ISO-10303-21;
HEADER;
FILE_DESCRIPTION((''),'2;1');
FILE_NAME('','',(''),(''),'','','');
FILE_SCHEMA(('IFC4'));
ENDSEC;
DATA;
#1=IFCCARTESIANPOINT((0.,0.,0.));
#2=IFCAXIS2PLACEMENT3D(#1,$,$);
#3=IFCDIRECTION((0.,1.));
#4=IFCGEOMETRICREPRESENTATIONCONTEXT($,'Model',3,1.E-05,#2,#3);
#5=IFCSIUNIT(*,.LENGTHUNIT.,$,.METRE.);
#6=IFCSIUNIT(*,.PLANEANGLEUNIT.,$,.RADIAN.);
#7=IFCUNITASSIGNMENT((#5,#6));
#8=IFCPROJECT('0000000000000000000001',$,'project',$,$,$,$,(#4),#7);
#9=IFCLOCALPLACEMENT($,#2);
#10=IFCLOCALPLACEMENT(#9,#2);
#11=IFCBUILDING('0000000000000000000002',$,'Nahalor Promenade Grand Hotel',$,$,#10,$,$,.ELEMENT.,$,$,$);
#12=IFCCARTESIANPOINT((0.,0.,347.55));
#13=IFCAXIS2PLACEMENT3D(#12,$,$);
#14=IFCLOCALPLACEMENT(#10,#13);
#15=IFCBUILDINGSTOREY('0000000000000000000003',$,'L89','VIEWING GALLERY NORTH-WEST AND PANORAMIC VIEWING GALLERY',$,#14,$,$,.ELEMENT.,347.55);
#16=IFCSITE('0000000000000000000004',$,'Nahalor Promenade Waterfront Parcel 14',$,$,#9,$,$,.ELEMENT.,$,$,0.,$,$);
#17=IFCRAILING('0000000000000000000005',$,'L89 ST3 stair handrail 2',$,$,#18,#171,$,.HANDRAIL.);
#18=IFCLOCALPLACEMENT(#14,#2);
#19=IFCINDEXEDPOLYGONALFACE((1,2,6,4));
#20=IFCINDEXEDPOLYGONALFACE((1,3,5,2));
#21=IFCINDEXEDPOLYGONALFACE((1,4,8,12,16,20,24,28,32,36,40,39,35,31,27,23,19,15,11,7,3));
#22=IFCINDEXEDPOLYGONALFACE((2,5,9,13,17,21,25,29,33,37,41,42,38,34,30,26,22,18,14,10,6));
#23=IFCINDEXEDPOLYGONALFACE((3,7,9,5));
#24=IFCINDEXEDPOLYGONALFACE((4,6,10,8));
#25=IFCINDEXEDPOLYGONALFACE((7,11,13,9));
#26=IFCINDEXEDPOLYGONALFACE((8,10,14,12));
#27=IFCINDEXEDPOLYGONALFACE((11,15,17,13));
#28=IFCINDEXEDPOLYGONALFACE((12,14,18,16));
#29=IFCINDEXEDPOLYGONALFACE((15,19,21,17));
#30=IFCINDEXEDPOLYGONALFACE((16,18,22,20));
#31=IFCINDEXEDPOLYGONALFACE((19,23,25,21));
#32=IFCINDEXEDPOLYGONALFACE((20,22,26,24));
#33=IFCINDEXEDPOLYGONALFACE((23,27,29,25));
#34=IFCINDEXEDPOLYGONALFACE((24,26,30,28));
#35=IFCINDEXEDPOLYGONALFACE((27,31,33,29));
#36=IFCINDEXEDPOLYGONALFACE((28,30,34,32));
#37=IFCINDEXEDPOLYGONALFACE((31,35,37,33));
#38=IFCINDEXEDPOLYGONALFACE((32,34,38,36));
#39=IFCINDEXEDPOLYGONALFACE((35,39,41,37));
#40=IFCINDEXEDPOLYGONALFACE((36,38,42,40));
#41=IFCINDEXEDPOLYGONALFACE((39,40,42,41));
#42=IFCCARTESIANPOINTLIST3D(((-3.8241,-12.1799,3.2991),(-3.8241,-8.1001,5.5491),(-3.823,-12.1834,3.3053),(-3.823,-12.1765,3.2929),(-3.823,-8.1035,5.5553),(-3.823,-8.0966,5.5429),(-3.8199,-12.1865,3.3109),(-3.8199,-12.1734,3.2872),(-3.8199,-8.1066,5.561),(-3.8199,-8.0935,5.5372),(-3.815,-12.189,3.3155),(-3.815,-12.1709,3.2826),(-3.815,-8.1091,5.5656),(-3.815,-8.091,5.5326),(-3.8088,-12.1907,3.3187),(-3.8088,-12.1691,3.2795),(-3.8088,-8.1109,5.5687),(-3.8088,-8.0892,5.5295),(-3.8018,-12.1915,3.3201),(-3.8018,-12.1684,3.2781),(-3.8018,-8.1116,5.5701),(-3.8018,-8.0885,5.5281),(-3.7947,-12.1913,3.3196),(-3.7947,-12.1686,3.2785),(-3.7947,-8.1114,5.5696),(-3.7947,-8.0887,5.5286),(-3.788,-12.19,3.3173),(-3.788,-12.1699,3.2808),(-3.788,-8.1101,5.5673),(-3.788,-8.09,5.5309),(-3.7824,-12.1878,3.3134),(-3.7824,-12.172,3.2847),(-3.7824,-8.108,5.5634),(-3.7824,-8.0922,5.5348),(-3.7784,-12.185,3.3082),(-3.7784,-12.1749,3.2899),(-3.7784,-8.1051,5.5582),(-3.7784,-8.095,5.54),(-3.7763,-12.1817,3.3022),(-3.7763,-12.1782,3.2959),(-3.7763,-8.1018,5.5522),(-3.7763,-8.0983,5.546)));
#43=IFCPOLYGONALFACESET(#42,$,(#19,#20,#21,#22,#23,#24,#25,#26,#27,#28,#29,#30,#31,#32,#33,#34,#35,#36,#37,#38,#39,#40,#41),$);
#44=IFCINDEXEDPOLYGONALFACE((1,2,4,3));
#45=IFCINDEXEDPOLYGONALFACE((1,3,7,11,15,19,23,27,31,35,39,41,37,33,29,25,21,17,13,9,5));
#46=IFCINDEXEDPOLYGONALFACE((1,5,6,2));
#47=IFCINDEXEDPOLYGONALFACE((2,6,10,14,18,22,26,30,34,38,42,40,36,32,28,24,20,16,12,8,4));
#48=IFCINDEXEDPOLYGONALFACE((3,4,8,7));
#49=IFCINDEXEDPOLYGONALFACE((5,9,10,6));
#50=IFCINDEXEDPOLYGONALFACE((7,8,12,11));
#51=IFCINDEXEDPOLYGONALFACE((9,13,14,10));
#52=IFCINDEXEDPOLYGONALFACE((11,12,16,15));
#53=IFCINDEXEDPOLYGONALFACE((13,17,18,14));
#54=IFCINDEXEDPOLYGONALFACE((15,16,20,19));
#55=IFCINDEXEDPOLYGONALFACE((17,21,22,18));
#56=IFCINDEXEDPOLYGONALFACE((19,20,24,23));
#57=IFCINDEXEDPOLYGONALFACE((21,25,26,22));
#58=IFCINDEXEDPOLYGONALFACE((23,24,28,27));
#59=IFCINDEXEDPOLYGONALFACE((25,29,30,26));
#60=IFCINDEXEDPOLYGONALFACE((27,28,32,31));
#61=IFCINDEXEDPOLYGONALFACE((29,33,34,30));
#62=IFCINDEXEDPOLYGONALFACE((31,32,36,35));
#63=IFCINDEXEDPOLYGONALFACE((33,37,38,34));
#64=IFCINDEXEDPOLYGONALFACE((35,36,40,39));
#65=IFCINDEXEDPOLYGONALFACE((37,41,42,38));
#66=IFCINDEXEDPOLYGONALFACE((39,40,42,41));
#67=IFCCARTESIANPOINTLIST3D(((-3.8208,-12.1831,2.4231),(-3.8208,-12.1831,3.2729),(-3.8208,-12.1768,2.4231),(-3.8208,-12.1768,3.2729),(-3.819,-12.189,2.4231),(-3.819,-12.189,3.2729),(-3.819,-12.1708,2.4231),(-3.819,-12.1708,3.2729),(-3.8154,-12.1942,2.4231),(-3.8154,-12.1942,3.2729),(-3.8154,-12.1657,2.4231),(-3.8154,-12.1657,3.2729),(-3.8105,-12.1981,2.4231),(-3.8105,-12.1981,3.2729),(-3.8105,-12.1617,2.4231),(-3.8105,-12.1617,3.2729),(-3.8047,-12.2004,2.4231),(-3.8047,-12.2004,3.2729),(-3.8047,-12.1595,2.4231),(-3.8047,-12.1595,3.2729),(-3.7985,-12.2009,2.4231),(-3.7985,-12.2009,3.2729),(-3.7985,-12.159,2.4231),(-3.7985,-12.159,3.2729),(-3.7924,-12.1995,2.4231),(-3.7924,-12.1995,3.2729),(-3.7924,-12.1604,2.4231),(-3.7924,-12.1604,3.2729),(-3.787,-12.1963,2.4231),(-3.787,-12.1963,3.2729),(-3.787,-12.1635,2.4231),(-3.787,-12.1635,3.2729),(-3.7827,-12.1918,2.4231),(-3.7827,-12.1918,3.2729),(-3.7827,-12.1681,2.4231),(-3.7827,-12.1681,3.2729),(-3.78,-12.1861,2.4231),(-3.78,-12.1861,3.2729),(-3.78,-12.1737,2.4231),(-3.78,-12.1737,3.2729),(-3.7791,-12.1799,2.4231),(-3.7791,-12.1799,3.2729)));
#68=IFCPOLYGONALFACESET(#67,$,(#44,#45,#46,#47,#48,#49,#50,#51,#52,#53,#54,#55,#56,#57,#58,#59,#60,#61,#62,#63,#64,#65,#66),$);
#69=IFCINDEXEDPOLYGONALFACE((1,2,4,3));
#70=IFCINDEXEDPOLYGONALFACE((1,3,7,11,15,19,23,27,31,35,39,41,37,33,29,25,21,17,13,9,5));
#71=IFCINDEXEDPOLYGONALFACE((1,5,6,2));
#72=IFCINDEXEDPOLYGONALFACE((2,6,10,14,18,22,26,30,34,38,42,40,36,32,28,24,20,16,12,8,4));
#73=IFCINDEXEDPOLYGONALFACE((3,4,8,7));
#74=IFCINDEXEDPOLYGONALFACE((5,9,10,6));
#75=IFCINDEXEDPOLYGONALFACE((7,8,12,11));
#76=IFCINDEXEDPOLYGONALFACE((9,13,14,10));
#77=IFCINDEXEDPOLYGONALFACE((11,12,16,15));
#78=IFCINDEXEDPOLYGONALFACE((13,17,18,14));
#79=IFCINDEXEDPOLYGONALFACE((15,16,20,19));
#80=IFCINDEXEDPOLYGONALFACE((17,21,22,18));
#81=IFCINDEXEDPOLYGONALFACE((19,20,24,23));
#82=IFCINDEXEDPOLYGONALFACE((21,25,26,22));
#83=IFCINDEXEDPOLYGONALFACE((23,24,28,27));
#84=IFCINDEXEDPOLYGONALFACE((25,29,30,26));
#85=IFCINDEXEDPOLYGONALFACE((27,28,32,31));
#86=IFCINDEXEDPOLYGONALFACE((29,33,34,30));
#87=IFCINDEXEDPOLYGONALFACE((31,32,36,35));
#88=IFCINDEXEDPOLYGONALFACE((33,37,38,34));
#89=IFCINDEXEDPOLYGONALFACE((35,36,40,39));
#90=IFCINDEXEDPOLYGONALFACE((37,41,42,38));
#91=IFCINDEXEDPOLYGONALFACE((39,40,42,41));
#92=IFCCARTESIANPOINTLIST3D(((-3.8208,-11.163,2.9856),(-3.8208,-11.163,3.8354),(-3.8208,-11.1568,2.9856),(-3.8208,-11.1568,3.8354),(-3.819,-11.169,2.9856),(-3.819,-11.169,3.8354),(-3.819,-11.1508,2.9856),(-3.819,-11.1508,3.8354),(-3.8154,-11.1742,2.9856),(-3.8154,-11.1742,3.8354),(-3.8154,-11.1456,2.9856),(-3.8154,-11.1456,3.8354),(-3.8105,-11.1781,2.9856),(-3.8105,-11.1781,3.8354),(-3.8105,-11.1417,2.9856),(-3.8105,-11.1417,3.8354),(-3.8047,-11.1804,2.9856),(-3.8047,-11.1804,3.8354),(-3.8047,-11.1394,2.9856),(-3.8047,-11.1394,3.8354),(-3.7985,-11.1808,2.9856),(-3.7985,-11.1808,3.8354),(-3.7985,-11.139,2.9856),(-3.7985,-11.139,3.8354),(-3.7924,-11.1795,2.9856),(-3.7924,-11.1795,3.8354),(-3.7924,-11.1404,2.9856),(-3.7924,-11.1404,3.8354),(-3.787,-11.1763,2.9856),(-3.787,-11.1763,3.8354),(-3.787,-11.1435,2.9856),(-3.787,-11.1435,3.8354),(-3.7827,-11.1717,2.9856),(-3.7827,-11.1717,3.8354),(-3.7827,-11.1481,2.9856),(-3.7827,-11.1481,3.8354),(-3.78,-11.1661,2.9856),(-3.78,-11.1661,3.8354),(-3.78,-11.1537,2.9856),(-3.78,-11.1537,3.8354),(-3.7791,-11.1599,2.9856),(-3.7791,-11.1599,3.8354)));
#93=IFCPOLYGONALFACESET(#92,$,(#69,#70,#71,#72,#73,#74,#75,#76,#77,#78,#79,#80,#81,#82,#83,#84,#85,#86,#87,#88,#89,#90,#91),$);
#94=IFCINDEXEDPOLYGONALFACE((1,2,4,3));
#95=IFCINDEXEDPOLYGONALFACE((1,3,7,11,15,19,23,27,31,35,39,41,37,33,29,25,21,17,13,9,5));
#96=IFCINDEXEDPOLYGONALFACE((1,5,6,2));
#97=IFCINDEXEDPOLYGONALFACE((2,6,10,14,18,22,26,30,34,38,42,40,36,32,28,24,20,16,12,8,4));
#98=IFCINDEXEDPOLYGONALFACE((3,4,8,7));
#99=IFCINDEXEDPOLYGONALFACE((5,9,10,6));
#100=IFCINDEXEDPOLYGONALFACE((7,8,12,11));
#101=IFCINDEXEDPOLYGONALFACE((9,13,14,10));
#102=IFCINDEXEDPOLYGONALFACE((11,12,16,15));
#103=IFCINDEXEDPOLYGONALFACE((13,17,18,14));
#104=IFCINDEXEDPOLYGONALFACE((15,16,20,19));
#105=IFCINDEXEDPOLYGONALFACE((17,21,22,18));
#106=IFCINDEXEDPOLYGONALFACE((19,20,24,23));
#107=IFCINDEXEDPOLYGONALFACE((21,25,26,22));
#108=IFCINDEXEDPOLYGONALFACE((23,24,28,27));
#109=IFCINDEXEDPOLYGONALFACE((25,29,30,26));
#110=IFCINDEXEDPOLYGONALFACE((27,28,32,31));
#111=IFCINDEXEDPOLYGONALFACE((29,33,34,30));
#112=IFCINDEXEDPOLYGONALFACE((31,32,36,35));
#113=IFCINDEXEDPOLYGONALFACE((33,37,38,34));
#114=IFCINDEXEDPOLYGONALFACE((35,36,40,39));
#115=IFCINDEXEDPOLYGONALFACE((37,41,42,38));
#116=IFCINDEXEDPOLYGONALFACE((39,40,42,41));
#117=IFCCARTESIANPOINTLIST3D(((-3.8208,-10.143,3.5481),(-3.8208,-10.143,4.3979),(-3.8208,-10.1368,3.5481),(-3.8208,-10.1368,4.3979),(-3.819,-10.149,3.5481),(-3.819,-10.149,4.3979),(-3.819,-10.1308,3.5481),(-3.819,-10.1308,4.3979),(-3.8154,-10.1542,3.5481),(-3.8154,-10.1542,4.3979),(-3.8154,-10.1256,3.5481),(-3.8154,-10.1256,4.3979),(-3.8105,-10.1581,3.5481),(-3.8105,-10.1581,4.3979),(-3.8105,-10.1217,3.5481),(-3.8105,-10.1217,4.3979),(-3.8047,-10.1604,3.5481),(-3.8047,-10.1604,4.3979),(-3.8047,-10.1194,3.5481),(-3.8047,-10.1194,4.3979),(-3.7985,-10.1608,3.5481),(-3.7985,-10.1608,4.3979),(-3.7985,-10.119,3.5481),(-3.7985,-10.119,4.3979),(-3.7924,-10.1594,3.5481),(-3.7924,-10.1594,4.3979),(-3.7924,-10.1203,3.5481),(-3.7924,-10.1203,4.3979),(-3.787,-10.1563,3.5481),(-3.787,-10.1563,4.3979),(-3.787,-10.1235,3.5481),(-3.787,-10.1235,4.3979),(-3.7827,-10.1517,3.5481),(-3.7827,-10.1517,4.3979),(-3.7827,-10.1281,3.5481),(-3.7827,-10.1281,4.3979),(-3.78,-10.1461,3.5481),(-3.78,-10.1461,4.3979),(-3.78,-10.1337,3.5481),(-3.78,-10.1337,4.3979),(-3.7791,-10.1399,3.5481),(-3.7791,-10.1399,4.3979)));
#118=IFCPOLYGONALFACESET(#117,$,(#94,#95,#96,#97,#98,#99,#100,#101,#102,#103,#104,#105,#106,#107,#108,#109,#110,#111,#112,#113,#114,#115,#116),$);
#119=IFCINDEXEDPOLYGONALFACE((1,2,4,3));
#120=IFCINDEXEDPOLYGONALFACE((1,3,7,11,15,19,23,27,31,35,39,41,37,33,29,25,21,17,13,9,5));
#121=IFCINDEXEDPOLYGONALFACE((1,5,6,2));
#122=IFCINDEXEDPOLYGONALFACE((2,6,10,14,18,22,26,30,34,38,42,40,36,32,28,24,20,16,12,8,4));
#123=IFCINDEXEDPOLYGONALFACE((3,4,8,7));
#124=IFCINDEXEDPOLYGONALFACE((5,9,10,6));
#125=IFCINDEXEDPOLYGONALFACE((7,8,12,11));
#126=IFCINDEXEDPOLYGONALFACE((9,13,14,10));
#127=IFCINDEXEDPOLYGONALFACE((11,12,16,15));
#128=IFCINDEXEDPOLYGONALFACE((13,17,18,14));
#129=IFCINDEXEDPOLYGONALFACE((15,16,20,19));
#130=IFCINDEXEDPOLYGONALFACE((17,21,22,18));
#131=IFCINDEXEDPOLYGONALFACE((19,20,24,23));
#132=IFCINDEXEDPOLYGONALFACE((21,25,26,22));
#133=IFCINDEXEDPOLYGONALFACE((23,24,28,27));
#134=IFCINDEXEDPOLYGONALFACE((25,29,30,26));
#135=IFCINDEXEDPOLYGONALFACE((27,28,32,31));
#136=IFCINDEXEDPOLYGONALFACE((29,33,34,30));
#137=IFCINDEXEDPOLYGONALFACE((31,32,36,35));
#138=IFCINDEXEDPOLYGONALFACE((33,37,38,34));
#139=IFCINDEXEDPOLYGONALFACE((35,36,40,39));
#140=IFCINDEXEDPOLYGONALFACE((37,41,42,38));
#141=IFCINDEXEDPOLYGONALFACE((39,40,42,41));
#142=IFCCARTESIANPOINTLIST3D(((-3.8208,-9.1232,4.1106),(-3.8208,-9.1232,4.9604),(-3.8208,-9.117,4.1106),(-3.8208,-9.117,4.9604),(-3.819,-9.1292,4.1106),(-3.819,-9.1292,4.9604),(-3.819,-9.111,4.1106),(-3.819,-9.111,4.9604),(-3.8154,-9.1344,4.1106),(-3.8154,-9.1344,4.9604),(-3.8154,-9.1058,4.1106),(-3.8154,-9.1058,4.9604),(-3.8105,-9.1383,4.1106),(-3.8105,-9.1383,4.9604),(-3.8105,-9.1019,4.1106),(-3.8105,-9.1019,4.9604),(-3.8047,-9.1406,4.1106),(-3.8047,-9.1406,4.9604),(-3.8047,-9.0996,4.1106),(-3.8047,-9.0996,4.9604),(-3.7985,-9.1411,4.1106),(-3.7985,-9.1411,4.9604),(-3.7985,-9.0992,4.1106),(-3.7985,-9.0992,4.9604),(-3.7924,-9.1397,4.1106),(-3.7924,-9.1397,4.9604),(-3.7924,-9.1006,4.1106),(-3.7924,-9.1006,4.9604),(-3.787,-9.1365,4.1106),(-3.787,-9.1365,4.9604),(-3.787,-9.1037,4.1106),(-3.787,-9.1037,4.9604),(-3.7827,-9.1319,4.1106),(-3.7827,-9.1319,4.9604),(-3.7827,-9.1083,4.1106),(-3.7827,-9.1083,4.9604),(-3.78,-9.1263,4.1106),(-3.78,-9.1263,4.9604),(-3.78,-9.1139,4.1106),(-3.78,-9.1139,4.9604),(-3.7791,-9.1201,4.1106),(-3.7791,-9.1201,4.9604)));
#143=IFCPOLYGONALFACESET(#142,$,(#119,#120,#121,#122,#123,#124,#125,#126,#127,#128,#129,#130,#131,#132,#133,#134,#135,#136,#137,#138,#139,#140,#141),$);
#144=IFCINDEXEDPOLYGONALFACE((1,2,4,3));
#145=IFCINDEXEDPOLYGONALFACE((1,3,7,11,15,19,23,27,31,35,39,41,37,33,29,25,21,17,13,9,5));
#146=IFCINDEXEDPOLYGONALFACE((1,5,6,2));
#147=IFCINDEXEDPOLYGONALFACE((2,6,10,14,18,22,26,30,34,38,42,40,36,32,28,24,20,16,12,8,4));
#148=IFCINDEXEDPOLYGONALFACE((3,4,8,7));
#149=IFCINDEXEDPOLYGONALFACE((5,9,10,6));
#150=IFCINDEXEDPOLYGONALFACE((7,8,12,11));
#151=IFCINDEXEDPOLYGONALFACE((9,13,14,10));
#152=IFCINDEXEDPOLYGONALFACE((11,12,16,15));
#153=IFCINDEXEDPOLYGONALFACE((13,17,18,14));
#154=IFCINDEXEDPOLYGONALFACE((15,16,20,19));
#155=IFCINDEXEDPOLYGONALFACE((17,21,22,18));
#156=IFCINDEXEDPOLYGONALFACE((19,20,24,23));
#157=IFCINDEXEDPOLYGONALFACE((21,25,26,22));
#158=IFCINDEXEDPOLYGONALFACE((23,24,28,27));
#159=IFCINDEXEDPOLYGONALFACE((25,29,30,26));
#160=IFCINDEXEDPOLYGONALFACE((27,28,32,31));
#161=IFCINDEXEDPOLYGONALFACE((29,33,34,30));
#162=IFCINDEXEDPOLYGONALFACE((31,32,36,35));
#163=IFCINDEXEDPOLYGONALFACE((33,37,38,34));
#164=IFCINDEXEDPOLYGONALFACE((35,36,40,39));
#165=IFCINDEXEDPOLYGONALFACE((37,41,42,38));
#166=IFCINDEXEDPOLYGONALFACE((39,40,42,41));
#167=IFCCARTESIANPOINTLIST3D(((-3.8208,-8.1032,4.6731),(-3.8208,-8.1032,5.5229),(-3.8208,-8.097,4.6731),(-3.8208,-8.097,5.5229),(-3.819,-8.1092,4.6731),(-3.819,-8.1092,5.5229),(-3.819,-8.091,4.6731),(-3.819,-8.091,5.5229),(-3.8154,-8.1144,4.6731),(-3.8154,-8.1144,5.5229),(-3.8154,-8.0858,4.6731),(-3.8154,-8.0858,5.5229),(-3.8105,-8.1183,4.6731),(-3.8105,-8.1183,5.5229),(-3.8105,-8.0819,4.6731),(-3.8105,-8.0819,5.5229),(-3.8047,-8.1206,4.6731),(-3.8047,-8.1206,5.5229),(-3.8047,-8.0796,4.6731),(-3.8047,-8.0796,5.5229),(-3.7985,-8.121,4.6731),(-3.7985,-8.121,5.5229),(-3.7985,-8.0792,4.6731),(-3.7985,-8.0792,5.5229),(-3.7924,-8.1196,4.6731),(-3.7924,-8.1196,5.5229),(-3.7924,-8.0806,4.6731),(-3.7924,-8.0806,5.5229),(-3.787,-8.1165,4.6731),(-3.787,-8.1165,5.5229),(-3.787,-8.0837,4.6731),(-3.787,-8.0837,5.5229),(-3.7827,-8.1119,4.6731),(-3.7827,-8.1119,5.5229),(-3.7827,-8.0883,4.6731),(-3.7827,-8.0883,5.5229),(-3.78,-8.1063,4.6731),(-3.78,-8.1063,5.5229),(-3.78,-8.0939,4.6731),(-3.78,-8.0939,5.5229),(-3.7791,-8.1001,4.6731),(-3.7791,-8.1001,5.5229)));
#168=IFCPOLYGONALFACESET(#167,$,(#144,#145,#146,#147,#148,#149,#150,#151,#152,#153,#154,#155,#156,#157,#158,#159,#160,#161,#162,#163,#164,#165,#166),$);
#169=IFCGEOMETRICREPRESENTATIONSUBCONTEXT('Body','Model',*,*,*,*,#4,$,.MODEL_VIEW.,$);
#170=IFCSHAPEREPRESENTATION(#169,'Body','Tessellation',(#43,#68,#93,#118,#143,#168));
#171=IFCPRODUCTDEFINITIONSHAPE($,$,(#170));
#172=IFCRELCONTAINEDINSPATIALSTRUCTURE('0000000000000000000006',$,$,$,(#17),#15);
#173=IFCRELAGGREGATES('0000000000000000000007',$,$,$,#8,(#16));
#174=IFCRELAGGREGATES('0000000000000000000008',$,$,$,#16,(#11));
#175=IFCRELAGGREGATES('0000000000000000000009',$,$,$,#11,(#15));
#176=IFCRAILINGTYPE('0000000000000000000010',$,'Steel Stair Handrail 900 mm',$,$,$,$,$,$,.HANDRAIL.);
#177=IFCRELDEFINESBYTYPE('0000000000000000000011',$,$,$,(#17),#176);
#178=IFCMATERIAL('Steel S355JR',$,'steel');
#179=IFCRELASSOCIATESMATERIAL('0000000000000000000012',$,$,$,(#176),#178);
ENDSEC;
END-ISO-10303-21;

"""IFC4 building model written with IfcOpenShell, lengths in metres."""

from ifc_helpers import new_model, si_unit, direction, frame, origin, origin_2d, place, context, subcontext, project, spatial, circle, extrude, material, type_object, element, save


model = new_model("IFC4")

# Units and contexts
model_context = context("Model", 3, precision=1e-05, world=origin(), true_north=direction((0.0, 1.0)))
body_context = subcontext(model_context, "Body", "Model", "MODEL_VIEW")
ifc_project = project(units=[si_unit("LENGTHUNIT", "METRE"), si_unit("PLANEANGLEUNIT", "RADIAN")], contexts=[model_context])

# Site, building, storey
site_placement = place(None, origin())
site = spatial("IfcSite", under=ifc_project, at=site_placement, Name="Nahalor Promenade Waterfront Parcel 14", CompositionType="ELEMENT", RefElevation=0.0)
building_placement = place(site_placement, origin())
building = spatial("IfcBuilding", under=site, at=building_placement, Name="Nahalor Promenade Grand Hotel", CompositionType="ELEMENT")
storey_placement = place(building_placement, frame((0.0, 0.0, 347.55)))
storey = spatial("IfcBuildingStorey", under=building, at=storey_placement, Name="L89", Description="VIEWING GALLERY NORTH-WEST AND PANORAMIC VIEWING GALLERY", CompositionType="ELEMENT", Elevation=347.55)

# Shared definitions
ifc_material_1 = material(Name="Steel S355JR", Category="steel")

# Railing
railing_type_1 = type_object("IfcRailingType", Name="Steel Stair Handrail 900 mm", PredefinedType="HANDRAIL", material=ifc_material_1)
railing_1_placement = place(storey_placement, frame((-3.8, -12.1799, 2.4231)))
element("IfcRailing", 1, at=railing_1_placement, inside=storey, type_object=railing_type_1, Name="L89 ST3 stair handrail 2", PredefinedType="HANDRAIL", context=body_context, shape_type="SweptSolid", body=[
    extrude(circle(Radius=0.024, at=origin_2d()), frame((0.0, 0.0, 0.876), z_axis=(0.0, 0.875663, 0.482922), x_axis=(-1.0, 0.0, 0.0)), (0.0, 0.0, 1.0), 4.6592),
    extrude(circle(Radius=0.021, at=origin_2d()), origin(), (0.0, 0.0, 1.0), 0.8499),
    extrude(circle(Radius=0.021, at=origin_2d()), frame((0.0, 1.02, 0.5625)), (0.0, 0.0, 1.0), 0.8499),
    extrude(circle(Radius=0.021, at=origin_2d()), frame((0.0, 2.04, 1.125)), (0.0, 0.0, 1.0), 0.8499),
    extrude(circle(Radius=0.021, at=origin_2d()), frame((0.0, 3.0598, 1.6875)), (0.0, 0.0, 1.0), 0.8499),
    extrude(circle(Radius=0.021, at=origin_2d()), frame((0.0, 4.0798, 2.25)), (0.0, 0.0, 1.0), 0.8499),
])

save(model, "model.ifc")
